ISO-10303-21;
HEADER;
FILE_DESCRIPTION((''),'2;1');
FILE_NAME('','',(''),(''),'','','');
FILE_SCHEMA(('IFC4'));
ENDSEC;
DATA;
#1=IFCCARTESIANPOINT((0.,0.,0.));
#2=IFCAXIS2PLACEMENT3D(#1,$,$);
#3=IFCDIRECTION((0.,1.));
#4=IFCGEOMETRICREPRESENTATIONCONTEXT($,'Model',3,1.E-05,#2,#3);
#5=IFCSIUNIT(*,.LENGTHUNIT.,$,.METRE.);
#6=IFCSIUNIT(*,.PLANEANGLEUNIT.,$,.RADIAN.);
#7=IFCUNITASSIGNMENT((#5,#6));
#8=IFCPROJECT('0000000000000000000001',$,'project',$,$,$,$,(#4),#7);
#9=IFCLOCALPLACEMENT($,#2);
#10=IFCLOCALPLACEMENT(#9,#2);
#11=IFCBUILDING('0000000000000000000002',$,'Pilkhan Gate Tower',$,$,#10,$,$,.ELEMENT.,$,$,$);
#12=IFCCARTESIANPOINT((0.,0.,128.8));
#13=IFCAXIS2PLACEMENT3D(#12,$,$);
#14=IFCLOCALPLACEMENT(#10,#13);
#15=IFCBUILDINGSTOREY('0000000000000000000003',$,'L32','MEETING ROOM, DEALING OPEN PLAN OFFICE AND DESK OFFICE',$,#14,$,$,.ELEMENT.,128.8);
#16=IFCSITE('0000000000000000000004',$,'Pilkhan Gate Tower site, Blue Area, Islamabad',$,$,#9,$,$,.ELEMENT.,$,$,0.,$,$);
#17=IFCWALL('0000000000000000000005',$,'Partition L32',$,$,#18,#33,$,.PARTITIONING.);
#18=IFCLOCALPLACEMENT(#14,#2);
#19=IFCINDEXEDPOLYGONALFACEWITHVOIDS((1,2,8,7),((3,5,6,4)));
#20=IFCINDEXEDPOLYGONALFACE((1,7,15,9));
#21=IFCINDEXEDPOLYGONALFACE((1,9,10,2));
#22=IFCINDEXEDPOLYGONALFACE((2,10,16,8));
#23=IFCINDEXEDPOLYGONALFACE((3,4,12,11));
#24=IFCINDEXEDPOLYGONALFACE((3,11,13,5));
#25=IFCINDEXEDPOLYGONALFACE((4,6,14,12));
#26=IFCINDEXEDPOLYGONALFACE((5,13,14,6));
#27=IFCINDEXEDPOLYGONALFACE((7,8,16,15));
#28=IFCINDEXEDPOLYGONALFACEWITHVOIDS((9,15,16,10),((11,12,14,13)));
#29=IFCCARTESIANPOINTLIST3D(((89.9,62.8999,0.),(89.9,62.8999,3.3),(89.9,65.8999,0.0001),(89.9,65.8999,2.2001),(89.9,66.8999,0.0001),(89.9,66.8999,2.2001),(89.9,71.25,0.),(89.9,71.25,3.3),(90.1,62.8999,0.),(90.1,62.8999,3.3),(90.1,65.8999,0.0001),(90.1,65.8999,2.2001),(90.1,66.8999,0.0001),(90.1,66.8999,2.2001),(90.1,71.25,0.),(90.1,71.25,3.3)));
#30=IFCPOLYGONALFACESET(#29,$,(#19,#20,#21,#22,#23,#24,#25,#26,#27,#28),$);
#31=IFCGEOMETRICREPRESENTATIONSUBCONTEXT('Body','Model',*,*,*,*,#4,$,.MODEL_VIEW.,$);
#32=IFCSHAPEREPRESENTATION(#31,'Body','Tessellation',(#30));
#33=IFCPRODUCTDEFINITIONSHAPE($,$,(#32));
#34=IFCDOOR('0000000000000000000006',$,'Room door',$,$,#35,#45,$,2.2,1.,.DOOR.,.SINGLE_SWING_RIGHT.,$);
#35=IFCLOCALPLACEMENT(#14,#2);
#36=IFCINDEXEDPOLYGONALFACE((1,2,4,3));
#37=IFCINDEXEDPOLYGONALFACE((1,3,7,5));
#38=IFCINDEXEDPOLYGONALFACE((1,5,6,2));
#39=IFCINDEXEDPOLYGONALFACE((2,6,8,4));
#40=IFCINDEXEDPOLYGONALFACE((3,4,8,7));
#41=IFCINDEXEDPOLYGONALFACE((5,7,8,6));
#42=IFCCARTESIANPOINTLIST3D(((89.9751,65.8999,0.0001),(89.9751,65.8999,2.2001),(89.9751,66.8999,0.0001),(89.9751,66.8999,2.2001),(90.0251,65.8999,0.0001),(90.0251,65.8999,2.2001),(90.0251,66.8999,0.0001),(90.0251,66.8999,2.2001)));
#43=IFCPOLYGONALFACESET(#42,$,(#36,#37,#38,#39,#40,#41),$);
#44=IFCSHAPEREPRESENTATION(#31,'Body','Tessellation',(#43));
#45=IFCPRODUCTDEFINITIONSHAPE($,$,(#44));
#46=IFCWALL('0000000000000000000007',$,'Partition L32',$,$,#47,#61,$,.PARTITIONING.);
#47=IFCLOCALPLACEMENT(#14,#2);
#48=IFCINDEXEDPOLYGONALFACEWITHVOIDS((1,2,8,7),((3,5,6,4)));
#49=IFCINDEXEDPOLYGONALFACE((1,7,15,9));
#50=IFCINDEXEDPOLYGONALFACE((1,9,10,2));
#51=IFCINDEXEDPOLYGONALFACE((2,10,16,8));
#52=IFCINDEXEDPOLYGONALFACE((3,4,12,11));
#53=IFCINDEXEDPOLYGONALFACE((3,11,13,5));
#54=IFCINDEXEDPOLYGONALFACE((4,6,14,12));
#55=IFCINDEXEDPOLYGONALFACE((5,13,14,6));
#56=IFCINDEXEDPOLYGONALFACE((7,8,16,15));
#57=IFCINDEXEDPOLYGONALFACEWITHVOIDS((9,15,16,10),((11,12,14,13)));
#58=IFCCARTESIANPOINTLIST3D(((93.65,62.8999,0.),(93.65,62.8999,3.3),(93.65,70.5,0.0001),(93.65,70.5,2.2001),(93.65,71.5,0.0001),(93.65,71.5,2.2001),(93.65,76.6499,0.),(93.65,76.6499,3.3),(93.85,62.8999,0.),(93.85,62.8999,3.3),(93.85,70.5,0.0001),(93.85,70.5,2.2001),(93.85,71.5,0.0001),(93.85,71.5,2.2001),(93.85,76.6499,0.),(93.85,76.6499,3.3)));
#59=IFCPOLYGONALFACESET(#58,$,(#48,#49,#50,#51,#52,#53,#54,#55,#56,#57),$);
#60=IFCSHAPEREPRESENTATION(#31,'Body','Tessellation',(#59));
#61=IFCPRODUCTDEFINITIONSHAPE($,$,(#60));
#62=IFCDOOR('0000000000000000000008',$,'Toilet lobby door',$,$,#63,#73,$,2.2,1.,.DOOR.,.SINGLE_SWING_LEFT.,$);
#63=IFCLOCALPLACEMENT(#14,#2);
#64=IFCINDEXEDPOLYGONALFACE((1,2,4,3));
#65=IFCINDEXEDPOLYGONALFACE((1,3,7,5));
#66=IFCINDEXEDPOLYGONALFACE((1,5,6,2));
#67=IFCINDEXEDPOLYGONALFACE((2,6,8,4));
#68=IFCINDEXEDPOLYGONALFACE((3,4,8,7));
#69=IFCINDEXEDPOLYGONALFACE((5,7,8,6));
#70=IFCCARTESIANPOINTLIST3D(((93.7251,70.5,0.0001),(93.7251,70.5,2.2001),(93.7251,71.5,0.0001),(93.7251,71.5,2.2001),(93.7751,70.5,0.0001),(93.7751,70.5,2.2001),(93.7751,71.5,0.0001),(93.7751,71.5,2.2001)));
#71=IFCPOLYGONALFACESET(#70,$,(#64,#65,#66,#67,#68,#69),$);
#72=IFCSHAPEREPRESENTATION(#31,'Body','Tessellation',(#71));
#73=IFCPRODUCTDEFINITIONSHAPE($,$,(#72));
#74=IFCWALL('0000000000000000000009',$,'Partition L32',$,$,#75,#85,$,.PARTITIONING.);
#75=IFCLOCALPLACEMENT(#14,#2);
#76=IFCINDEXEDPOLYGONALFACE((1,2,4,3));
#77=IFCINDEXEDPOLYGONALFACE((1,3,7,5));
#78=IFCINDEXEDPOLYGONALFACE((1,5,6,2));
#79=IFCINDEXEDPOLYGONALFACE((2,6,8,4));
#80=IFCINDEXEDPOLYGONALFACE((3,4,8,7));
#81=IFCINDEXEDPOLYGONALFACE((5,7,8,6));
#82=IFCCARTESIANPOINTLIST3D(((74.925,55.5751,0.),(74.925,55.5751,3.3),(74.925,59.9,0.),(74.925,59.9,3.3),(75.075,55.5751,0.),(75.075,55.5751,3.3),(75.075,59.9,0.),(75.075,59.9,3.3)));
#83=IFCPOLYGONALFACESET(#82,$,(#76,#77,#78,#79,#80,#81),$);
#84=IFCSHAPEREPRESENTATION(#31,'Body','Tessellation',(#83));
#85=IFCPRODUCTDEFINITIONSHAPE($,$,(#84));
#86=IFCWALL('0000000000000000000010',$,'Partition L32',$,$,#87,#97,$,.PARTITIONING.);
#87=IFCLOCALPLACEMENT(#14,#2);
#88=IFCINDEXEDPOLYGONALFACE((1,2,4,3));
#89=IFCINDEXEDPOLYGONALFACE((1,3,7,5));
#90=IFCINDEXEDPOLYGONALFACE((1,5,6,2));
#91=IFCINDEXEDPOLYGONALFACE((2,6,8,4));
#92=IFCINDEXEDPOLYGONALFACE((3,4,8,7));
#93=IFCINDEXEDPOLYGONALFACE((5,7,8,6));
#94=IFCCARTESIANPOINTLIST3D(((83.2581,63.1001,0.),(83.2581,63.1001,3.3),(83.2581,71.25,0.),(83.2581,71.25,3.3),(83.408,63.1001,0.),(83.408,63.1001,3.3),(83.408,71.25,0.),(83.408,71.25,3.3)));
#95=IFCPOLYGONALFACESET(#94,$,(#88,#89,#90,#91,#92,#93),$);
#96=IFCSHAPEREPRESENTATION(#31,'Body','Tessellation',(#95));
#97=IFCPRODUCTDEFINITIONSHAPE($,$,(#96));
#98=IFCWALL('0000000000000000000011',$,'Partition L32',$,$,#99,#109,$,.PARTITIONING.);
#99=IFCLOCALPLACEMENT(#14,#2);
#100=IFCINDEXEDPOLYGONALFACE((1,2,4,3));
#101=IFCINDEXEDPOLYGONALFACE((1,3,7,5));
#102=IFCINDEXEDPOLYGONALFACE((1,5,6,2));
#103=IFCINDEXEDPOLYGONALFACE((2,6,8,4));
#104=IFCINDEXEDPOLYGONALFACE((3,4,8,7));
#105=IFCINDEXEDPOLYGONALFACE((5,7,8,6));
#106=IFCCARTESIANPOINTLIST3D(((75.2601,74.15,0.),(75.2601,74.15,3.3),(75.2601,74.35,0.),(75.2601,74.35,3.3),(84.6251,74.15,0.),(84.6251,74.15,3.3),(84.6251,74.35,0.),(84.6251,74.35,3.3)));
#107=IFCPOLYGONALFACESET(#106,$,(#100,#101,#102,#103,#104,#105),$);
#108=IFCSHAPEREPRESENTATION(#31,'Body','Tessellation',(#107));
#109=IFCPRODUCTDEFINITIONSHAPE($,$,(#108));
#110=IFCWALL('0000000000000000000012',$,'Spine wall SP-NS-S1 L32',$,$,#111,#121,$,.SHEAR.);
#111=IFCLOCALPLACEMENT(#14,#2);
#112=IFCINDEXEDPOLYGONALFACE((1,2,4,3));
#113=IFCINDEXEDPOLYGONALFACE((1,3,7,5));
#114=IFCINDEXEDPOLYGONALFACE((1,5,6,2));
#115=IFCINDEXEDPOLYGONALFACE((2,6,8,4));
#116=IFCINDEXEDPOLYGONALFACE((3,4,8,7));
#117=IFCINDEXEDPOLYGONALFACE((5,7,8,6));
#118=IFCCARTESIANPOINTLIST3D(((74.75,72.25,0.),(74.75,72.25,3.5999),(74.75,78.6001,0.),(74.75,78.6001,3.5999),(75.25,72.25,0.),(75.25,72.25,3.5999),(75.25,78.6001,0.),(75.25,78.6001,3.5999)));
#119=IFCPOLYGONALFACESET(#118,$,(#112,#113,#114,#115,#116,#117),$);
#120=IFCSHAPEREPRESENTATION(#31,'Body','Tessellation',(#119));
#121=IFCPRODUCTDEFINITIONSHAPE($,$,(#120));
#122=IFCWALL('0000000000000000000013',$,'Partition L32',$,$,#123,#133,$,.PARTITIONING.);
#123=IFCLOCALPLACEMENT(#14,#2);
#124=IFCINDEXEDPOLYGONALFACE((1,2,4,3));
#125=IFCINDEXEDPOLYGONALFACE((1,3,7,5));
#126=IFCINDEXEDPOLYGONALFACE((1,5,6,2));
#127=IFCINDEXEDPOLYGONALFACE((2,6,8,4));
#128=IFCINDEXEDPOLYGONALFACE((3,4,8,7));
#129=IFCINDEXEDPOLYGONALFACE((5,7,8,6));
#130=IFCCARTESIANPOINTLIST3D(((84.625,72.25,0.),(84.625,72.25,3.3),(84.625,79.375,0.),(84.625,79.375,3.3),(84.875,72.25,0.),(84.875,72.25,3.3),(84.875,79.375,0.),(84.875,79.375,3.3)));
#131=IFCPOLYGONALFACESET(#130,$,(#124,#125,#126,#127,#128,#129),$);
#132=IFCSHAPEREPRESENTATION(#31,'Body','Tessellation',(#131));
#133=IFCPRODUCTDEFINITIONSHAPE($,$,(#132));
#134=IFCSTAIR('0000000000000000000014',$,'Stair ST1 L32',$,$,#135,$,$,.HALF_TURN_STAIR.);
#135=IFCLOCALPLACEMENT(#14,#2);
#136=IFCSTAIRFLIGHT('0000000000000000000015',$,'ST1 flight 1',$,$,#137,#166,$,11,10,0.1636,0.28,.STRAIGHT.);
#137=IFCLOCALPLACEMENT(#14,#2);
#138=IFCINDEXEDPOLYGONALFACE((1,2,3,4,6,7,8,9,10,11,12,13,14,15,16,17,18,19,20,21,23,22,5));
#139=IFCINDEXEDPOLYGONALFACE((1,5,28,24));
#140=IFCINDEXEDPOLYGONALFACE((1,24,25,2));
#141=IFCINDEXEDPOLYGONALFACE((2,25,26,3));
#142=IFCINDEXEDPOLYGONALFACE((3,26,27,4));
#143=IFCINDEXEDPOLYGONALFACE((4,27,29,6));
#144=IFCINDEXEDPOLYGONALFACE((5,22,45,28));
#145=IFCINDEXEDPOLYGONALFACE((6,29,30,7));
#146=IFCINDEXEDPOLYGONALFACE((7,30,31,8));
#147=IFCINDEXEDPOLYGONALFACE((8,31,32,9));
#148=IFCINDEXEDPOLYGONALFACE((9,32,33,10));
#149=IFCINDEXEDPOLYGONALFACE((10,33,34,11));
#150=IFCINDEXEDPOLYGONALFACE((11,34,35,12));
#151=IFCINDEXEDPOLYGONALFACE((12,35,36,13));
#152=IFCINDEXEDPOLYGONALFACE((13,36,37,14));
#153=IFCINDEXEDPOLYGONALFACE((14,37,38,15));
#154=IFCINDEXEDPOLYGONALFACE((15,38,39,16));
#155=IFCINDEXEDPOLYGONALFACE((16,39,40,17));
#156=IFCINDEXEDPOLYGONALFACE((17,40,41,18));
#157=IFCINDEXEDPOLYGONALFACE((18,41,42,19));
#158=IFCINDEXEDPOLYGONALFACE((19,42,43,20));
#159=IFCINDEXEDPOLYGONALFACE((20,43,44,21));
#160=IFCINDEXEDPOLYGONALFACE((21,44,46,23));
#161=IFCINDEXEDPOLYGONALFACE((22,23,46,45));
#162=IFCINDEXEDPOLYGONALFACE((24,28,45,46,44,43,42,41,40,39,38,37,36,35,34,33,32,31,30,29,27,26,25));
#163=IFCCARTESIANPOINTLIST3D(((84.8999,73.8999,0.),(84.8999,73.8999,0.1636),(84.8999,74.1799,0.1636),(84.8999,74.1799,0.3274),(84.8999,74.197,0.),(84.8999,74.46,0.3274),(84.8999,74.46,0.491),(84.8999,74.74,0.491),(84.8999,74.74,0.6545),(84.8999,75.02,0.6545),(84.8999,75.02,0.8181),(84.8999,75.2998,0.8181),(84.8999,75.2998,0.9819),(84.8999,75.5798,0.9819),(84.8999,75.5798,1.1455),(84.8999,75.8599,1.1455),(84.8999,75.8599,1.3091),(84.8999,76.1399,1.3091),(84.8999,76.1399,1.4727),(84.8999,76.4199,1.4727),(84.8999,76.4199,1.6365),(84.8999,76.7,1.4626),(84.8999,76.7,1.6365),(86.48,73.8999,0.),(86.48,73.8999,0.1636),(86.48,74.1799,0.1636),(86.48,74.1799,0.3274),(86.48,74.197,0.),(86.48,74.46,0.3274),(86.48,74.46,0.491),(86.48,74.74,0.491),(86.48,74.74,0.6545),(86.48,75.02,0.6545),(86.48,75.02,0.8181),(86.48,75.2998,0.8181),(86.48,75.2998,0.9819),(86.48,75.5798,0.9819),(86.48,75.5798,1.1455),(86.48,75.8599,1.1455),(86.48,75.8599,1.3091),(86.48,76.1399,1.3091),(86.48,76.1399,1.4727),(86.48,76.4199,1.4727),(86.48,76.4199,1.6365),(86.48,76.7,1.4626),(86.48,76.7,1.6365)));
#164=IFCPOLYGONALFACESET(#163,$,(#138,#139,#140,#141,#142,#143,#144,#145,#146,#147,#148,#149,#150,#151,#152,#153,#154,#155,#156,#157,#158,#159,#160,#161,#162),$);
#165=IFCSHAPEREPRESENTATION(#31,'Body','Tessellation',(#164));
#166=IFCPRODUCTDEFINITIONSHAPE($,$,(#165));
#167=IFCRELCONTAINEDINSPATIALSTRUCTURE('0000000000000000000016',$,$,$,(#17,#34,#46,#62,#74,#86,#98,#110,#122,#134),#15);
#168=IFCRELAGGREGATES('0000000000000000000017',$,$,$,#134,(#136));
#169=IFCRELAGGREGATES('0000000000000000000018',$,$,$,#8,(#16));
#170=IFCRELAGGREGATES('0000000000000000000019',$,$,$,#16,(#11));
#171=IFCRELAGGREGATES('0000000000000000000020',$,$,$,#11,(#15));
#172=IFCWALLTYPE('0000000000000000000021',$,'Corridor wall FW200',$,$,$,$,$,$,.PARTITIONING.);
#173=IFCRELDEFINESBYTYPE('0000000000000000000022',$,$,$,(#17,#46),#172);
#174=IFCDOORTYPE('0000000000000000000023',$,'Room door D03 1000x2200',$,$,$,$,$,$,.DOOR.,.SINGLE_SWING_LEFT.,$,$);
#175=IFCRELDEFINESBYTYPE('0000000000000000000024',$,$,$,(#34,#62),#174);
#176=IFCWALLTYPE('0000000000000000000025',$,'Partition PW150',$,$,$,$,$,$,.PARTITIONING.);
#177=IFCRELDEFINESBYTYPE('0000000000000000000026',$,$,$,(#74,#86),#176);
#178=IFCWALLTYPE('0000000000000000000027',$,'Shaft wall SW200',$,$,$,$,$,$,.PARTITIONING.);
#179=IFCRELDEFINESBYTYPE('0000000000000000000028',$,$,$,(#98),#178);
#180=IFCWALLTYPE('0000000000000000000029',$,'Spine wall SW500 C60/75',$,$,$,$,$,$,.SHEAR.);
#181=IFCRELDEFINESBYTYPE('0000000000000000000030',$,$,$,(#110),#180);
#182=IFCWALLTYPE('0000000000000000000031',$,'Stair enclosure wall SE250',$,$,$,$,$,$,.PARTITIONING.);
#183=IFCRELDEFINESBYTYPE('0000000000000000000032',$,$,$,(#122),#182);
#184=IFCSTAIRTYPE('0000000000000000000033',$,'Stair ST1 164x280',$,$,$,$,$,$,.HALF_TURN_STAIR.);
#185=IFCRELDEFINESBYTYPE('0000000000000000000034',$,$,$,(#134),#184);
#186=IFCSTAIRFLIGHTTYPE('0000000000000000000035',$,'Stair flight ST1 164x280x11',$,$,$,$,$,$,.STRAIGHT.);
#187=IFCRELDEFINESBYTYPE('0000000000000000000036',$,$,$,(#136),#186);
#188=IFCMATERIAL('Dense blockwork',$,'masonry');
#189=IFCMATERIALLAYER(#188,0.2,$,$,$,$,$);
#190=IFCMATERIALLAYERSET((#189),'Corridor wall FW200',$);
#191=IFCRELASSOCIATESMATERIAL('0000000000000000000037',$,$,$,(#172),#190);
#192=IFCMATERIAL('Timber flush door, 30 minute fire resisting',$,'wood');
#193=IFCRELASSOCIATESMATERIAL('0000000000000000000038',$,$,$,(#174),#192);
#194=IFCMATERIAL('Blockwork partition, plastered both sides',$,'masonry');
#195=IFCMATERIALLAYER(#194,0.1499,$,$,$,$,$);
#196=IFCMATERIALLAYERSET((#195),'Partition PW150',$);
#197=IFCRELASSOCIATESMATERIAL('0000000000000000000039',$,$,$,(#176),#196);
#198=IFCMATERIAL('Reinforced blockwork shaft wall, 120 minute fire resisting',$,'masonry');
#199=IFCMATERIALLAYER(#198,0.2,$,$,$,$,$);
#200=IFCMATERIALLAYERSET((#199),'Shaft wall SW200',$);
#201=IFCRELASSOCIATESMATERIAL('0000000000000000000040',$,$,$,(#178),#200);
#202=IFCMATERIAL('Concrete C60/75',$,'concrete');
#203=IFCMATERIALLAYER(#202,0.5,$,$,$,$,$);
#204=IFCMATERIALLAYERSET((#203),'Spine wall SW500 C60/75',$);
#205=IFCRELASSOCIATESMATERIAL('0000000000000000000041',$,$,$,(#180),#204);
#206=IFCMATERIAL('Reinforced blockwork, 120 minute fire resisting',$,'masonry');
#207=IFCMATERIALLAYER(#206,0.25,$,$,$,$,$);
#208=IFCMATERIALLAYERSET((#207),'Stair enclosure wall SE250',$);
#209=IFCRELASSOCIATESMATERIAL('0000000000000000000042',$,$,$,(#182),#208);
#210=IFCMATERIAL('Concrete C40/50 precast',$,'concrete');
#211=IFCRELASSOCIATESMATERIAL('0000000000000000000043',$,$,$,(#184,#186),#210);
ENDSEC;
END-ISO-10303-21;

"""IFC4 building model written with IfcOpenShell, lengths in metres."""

from ifc_helpers import new_model, si_unit, direction, frame, frame_2d, origin, place, context, subcontext, project, spatial, polyline, rectangle, outline, extrude, material, layer, layer_set, type_object, element, fill, aggregate, save


model = new_model("IFC4")

# Units and contexts
model_context = context("Model", 3, precision=1e-05, world=origin(), true_north=direction((0.0, 1.0)))
body_context = subcontext(model_context, "Body", "Model", "MODEL_VIEW")
ifc_project = project(units=[si_unit("LENGTHUNIT", "METRE"), si_unit("PLANEANGLEUNIT", "RADIAN")], contexts=[model_context])

# Site, building, storey
site_placement = place(None, origin())
site = spatial("IfcSite", under=ifc_project, at=site_placement, Name="Pilkhan Gate Tower site, Blue Area, Islamabad", CompositionType="ELEMENT", RefElevation=0.0)
building_placement = place(site_placement, origin())
building = spatial("IfcBuilding", under=site, at=building_placement, Name="Pilkhan Gate Tower", CompositionType="ELEMENT")
storey_placement = place(building_placement, frame((0.0, 0.0, 128.8)))
storey = spatial("IfcBuildingStorey", under=building, at=storey_placement, Name="L32", Description="MEETING ROOM, DEALING OPEN PLAN OFFICE AND DESK OFFICE", CompositionType="ELEMENT", Elevation=128.8)

# Shared definitions
ifc_material_1 = material(Name="Concrete C60/75", Category="concrete")

# Walls, openings, doors
ifc_material_2 = material(Name="Dense blockwork", Category="masonry")
ifc_layer_1 = layer(ifc_material_2, 0.2)
ifc_layer_set_1 = layer_set([ifc_layer_1], Name="Corridor wall FW200")
wall_type_1 = type_object("IfcWallType", Name="Corridor wall FW200", PredefinedType="PARTITIONING", material=ifc_layer_set_1)
wall_1_placement = place(storey_placement, frame((90.0, 62.8999, 0.0), z_axis=(0.0, 0.0, 1.0), x_axis=(0.0, 1.0, 0.0)))
wall_1 = element("IfcWall", 1, at=wall_1_placement, inside=storey, type_object=wall_type_1, Name="Partition L32", PredefinedType="PARTITIONING", context=body_context, shape_type="SweptSolid", body=[
    extrude(rectangle(XDim=8.3501, YDim=0.2, at=frame_2d((4.175, 0.0))), origin(), (0.0, 0.0, 1.0), 3.3),
])
opening_1_placement = place(wall_1_placement, frame((3.0, 0.0, 0.0)))
opening_1 = element("IfcOpeningElement", 2, at=opening_1_placement, cuts=wall_1, PredefinedType="OPENING", context=body_context, shape_type="SweptSolid", body=[
    extrude(rectangle(XDim=1.0, YDim=2.2, at=frame_2d((0.5, 1.1001))), frame((0.0, 0.1099, 0.0), z_axis=(0.0, -1.0, 0.0), x_axis=(1.0, 0.0, 0.0)), (0.0, 0.0, 1.0), 0.22),
])
ifc_material_3 = material(Name="Timber flush door, 30 minute fire resisting", Category="wood")
door_type_1 = type_object("IfcDoorType", Name="Room door D03 1000x2200", OperationType="SINGLE_SWING_LEFT", PredefinedType="DOOR", material=ifc_material_3)
door_1_placement = place(opening_1_placement, origin())
door_1 = element("IfcDoor", 3, at=door_1_placement, inside=storey, type_object=door_type_1, Name="Room door", OperationType="SINGLE_SWING_RIGHT", OverallHeight=2.2, OverallWidth=1.0, PredefinedType="DOOR", context=body_context, shape_type="SweptSolid", body=[
    extrude(rectangle(XDim=1.0, YDim=2.2, at=frame_2d((0.5, 1.1001))), frame((0.0, 0.0249, 0.0), z_axis=(0.0, -1.0, 0.0), x_axis=(1.0, 0.0, 0.0)), (0.0, 0.0, 1.0), 0.05),
])
fill(opening_1, door_1)
wall_2_placement = place(storey_placement, frame((93.75, 62.8999, 0.0), z_axis=(0.0, 0.0, 1.0), x_axis=(0.0, 1.0, 0.0)))
wall_2 = element("IfcWall", 4, at=wall_2_placement, inside=storey, type_object=wall_type_1, Name="Partition L32", PredefinedType="PARTITIONING", context=body_context, shape_type="SweptSolid", body=[
    extrude(rectangle(XDim=13.75, YDim=0.2, at=frame_2d((6.875, 0.0))), origin(), (0.0, 0.0, 1.0), 3.3),
])
opening_2_placement = place(wall_2_placement, frame((7.6001, 0.0, 0.0)))
opening_2 = element("IfcOpeningElement", 5, at=opening_2_placement, cuts=wall_2, PredefinedType="OPENING", context=body_context, shape_type="SweptSolid", body=[
    extrude(rectangle(XDim=1.0, YDim=2.2, at=frame_2d((0.5, 1.1001))), frame((0.0, 0.1099, 0.0), z_axis=(0.0, -1.0, 0.0), x_axis=(1.0, 0.0, 0.0)), (0.0, 0.0, 1.0), 0.22),
])
door_2_placement = place(opening_2_placement, origin())
door_2 = element("IfcDoor", 6, at=door_2_placement, inside=storey, type_object=door_type_1, Name="Toilet lobby door", OperationType="SINGLE_SWING_LEFT", OverallHeight=2.2, OverallWidth=1.0, PredefinedType="DOOR", context=body_context, shape_type="SweptSolid", body=[
    extrude(rectangle(XDim=1.0, YDim=2.2, at=frame_2d((0.5, 1.1001))), frame((0.0, 0.0249, 0.0), z_axis=(0.0, -1.0, 0.0), x_axis=(1.0, 0.0, 0.0)), (0.0, 0.0, 1.0), 0.05),
])
fill(opening_2, door_2)

# Walls
ifc_material_4 = material(Name="Blockwork partition, plastered both sides", Category="masonry")
ifc_layer_2 = layer(ifc_material_4, 0.1499)
ifc_layer_set_2 = layer_set([ifc_layer_2], Name="Partition PW150")
wall_type_2 = type_object("IfcWallType", Name="Partition PW150", PredefinedType="PARTITIONING", material=ifc_layer_set_2)
wall_3_placement = place(storey_placement, frame((75.0, 55.575, 0.0), z_axis=(0.0, 0.0, 1.0), x_axis=(0.0, 1.0, 0.0)))
element("IfcWall", 7, at=wall_3_placement, inside=storey, type_object=wall_type_2, Name="Partition L32", PredefinedType="PARTITIONING", context=body_context, shape_type="SweptSolid", body=[
    extrude(rectangle(XDim=4.325, YDim=0.1499, at=frame_2d((2.1626, 0.0))), origin(), (0.0, 0.0, 1.0), 3.3),
])
wall_4_placement = place(storey_placement, frame((83.333, 63.1001, 0.0), z_axis=(0.0, 0.0, 1.0), x_axis=(0.0, 1.0, 0.0)))
element("IfcWall", 8, at=wall_4_placement, inside=storey, type_object=wall_type_2, Name="Partition L32", PredefinedType="PARTITIONING", context=body_context, shape_type="SweptSolid", body=[
    extrude(rectangle(XDim=8.1499, YDim=0.1499, at=frame_2d((4.075, 0.0))), origin(), (0.0, 0.0, 1.0), 3.3),
])
ifc_material_5 = material(Name="Reinforced blockwork shaft wall, 120 minute fire resisting", Category="masonry")
ifc_layer_3 = layer(ifc_material_5, 0.2)
ifc_layer_set_3 = layer_set([ifc_layer_3], Name="Shaft wall SW200")
wall_type_3 = type_object("IfcWallType", Name="Shaft wall SW200", PredefinedType="PARTITIONING", material=ifc_layer_set_3)
wall_5_placement = place(storey_placement, frame((75.26, 74.25, 0.0), z_axis=(0.0, 0.0, 1.0), x_axis=(1.0, 0.0, 0.0)))
element("IfcWall", 9, at=wall_5_placement, inside=storey, type_object=wall_type_3, Name="Partition L32", PredefinedType="PARTITIONING", context=body_context, shape_type="SweptSolid", body=[
    extrude(rectangle(XDim=9.365, YDim=0.2, at=frame_2d((4.6826, 0.0))), origin(), (0.0, 0.0, 1.0), 3.3),
])
ifc_layer_4 = layer(ifc_material_1, 0.5)
ifc_layer_set_4 = layer_set([ifc_layer_4], Name="Spine wall SW500 C60/75")
wall_type_4 = type_object("IfcWallType", Name="Spine wall SW500 C60/75", PredefinedType="SHEAR", material=ifc_layer_set_4)
wall_6_placement = place(storey_placement, frame((75.0, 72.25, 0.0), z_axis=(0.0, 0.0, 1.0), x_axis=(0.0, 1.0, 0.0)))
element("IfcWall", 10, at=wall_6_placement, inside=storey, type_object=wall_type_4, Name="Spine wall SP-NS-S1 L32", PredefinedType="SHEAR", context=body_context, shape_type="SweptSolid", body=[
    extrude(rectangle(XDim=6.3501, YDim=0.5, at=frame_2d((3.175, 0.0))), origin(), (0.0, 0.0, 1.0), 3.5999),
])
ifc_material_6 = material(Name="Reinforced blockwork, 120 minute fire resisting", Category="masonry")
ifc_layer_5 = layer(ifc_material_6, 0.25)
ifc_layer_set_5 = layer_set([ifc_layer_5], Name="Stair enclosure wall SE250")
wall_type_5 = type_object("IfcWallType", Name="Stair enclosure wall SE250", PredefinedType="PARTITIONING", material=ifc_layer_set_5)
wall_7_placement = place(storey_placement, frame((84.75, 72.25, 0.0), z_axis=(0.0, 0.0, 1.0), x_axis=(0.0, 1.0, 0.0)))
element("IfcWall", 11, at=wall_7_placement, inside=storey, type_object=wall_type_5, Name="Partition L32", PredefinedType="PARTITIONING", context=body_context, shape_type="SweptSolid", body=[
    extrude(rectangle(XDim=7.125, YDim=0.25, at=frame_2d((3.5625, 0.0))), origin(), (0.0, 0.0, 1.0), 3.3),
])

# Stair, stair flight
ifc_material_7 = material(Name="Concrete C40/50 precast", Category="concrete")
stair_type = type_object("IfcStairType", Name="Stair ST1 164x280", PredefinedType="HALF_TURN_STAIR", material=ifc_material_7)
stair_placement = place(storey_placement, origin())
stair = element("IfcStair", 12, at=stair_placement, inside=storey, type_object=stair_type, Name="Stair ST1 L32", PredefinedType="HALF_TURN_STAIR")
stair_flight_type = type_object("IfcStairFlightType", Name="Stair flight ST1 164x280x11", PredefinedType="STRAIGHT", material=ifc_material_7)
stair_flight_placement = place(storey_placement, frame((85.6899, 73.8999, 0.0), z_axis=(0.0, 0.0, 1.0), x_axis=(0.0, 1.0, 0.0)))
stair_flight = element("IfcStairFlight", 13, at=stair_flight_placement, type_object=stair_flight_type, Name="ST1 flight 1", NumberOfRisers=11, NumberOfTreads=10, PredefinedType="STRAIGHT", RiserHeight=0.1636, TreadLength=0.28, context=body_context, shape_type="SweptSolid", body=[
    extrude(outline(polyline([(0.0, 0.0), (0.0, 0.1636), (0.28, 0.1636), (0.28, 0.3274), (0.5601, 0.3274), (0.5601, 0.491), (0.8401, 0.491), (0.8401, 0.6545), (1.1201, 0.6545), (1.1201, 0.8181), (1.3999, 0.8181), (1.3999, 0.9819), (1.6799, 0.9819), (1.6799, 1.1455), (1.96, 1.1455), (1.96, 1.3091), (2.24, 1.3091), (2.24, 1.4727), (2.52, 1.4727), (2.52, 1.6365), (2.8, 1.6365), (2.8, 1.8), (2.8, 1.4626), (0.2971, 0.0), (0.0, 0.0)])), frame((0.0, 0.79, 0.0), z_axis=(0.0, -1.0, 0.0), x_axis=(1.0, 0.0, 0.0)), (0.0, 0.0, 1.0), 1.5801),
])
aggregate(stair, [stair_flight])

save(model, "model.ifc")
